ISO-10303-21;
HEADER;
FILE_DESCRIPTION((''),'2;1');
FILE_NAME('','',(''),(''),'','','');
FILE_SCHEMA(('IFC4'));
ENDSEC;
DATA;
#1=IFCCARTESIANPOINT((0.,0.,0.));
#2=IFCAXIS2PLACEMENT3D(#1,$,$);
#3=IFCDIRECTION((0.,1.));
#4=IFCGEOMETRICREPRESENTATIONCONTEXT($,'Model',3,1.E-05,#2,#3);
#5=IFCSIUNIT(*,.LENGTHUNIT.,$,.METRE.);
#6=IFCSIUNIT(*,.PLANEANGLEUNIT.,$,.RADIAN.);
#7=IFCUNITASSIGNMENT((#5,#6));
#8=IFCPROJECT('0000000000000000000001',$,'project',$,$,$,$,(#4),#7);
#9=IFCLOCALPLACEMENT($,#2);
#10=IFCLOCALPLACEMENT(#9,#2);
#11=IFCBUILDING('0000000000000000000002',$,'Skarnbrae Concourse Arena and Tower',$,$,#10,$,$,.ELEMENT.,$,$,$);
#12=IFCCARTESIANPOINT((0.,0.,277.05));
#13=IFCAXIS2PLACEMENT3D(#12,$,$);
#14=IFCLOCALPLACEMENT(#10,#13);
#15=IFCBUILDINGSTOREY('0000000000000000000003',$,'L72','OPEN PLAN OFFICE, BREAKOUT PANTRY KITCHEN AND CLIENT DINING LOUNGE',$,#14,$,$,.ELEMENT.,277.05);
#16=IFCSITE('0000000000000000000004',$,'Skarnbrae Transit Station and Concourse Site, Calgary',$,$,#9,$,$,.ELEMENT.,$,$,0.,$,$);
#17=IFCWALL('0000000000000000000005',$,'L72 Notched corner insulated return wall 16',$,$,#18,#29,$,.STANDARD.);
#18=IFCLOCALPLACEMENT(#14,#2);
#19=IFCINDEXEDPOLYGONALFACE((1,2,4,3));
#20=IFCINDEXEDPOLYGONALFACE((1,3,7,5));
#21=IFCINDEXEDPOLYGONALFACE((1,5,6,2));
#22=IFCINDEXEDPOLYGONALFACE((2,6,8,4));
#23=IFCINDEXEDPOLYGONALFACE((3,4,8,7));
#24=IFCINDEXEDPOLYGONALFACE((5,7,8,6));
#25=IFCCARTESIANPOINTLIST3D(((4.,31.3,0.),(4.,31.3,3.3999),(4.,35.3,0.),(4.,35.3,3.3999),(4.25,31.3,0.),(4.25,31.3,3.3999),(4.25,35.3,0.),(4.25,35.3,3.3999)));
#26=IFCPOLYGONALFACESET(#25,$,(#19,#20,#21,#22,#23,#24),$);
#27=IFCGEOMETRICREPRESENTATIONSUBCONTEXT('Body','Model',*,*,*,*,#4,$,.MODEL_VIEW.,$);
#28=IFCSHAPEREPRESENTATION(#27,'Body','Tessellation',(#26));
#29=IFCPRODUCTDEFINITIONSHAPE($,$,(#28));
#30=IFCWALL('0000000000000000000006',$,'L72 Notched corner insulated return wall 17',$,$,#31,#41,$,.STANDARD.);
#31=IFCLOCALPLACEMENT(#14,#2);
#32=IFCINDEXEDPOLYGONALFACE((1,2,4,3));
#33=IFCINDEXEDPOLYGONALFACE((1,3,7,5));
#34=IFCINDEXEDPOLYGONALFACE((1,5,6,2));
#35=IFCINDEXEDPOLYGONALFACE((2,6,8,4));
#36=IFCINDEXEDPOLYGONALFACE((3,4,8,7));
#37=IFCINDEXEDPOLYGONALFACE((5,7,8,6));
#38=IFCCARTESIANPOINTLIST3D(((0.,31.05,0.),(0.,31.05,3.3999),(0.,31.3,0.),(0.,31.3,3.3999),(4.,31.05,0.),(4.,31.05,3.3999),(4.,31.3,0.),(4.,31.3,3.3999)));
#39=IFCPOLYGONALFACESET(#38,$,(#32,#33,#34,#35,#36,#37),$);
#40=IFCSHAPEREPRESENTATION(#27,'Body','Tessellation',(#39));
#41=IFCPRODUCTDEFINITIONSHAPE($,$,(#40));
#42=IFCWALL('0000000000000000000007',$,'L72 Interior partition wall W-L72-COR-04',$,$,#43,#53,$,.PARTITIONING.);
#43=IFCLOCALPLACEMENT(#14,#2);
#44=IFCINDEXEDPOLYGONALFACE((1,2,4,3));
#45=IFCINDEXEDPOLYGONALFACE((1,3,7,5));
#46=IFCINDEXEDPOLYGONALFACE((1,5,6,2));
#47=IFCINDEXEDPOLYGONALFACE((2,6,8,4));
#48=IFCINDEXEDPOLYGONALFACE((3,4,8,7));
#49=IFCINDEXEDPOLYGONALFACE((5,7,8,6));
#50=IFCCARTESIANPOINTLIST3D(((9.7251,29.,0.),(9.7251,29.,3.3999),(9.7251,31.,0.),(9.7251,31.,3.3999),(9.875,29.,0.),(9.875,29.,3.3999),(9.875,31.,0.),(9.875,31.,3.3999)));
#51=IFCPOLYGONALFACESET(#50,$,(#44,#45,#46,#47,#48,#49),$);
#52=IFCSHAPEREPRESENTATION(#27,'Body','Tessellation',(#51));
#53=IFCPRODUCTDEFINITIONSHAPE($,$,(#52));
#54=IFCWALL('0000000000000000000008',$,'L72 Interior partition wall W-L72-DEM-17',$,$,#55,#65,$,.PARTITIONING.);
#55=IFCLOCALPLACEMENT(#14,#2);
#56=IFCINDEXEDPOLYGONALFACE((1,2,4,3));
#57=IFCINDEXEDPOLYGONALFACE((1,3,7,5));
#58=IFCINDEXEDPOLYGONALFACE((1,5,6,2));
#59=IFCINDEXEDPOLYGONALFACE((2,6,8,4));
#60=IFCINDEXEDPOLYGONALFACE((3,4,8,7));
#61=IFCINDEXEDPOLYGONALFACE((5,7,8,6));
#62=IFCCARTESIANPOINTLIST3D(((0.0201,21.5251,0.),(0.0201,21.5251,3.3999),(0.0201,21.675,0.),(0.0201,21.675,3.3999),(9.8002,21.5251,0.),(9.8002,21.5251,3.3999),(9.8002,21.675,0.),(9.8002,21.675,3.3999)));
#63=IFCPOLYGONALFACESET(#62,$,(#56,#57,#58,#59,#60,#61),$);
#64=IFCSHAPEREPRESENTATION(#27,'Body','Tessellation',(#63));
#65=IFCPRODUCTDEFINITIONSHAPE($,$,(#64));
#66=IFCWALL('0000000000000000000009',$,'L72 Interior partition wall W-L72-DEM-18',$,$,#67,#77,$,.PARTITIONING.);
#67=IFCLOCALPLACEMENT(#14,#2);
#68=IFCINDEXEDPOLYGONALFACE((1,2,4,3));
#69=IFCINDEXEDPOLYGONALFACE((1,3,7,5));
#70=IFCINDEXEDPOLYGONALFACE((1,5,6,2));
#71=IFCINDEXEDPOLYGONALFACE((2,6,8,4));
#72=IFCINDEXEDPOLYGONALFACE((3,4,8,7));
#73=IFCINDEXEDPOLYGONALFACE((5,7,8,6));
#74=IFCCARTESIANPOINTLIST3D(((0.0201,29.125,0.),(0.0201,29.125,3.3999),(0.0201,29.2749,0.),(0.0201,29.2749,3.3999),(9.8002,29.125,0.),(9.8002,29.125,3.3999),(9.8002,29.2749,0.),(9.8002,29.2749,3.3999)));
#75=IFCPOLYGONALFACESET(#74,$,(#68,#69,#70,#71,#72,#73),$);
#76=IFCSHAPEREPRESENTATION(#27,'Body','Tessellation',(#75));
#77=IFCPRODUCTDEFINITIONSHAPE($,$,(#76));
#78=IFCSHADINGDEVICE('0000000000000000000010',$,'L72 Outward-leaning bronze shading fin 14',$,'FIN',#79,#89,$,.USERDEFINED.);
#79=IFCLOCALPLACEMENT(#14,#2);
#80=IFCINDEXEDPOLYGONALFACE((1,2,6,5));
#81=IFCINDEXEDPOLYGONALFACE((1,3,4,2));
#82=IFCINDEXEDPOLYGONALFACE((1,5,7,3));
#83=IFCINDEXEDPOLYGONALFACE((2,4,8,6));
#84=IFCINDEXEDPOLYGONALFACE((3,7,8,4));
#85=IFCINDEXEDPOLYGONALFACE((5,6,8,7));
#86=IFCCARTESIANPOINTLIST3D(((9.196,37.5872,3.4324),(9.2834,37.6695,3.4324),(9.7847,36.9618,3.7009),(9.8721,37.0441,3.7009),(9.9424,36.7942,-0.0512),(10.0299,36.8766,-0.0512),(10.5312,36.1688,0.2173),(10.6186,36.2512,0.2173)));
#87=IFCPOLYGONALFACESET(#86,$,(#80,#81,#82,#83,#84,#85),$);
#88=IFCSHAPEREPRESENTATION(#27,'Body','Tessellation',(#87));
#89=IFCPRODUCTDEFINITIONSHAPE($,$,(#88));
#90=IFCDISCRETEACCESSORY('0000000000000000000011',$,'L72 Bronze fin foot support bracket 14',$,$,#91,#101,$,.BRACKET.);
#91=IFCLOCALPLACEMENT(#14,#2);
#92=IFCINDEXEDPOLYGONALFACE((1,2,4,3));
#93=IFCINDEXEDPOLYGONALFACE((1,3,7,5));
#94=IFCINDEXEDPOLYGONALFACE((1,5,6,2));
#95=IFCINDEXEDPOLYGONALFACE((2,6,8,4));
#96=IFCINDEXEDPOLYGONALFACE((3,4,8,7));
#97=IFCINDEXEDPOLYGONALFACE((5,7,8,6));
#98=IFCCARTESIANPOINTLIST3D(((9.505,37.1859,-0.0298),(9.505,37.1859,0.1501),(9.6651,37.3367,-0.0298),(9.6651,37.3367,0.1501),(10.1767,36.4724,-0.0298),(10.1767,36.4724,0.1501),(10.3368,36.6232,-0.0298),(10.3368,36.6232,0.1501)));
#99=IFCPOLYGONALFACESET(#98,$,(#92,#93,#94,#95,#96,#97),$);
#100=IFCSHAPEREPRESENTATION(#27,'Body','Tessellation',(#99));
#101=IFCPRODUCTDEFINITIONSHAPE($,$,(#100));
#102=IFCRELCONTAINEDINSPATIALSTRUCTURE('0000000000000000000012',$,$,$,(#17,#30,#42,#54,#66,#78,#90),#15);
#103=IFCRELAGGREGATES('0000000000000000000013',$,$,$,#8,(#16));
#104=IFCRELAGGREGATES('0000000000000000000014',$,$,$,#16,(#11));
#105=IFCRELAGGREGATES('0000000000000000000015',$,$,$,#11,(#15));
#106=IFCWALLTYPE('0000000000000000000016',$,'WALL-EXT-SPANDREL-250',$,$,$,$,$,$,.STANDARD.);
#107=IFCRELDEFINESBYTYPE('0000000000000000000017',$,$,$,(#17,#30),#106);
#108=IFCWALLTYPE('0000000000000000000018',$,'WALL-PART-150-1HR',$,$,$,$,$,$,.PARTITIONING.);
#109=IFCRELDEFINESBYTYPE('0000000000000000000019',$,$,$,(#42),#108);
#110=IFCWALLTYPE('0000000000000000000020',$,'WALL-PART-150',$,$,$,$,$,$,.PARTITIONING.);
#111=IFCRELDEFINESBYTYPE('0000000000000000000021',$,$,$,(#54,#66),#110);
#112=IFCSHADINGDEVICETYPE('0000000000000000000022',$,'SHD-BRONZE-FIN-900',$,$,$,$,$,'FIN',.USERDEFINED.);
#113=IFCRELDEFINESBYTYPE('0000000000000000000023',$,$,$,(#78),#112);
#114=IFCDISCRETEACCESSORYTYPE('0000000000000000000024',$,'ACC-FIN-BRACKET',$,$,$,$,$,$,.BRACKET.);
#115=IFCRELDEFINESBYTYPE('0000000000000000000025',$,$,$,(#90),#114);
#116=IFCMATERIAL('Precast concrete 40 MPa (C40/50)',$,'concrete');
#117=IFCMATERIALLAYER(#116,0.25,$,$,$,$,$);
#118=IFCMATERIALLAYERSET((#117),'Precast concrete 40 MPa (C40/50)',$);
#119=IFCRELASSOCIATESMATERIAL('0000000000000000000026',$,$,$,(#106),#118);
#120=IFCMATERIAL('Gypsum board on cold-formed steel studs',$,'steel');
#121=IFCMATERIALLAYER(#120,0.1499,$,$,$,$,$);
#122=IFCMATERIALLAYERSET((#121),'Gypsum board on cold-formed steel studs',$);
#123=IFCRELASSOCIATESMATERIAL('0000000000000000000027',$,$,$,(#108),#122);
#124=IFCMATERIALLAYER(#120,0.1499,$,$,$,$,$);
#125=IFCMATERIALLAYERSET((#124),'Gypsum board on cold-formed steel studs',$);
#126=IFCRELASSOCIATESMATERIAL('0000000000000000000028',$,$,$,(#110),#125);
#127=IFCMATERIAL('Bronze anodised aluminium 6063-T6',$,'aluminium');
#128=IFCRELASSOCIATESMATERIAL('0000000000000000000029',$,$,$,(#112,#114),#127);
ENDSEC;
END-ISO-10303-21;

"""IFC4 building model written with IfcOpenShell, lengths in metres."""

from ifc_helpers import new_model, si_unit, direction, frame, frame_2d, origin, origin_2d, place, context, subcontext, project, spatial, rectangle, extrude, source, transform, mapped, material, layer, layer_set, type_object, element, save


model = new_model("IFC4")

# Units and contexts
model_context = context("Model", 3, precision=1e-05, world=origin(), true_north=direction((0.0, 1.0)))
body_context = subcontext(model_context, "Body", "Model", "MODEL_VIEW")
ifc_project = project(units=[si_unit("LENGTHUNIT", "METRE"), si_unit("PLANEANGLEUNIT", "RADIAN")], contexts=[model_context])

# Site, building, storey
site_placement = place(None, origin())
site = spatial("IfcSite", under=ifc_project, at=site_placement, Name="Skarnbrae Transit Station and Concourse Site, Calgary", CompositionType="ELEMENT", RefElevation=0.0)
building_placement = place(site_placement, origin())
building = spatial("IfcBuilding", under=site, at=building_placement, Name="Skarnbrae Concourse Arena and Tower", CompositionType="ELEMENT")
storey_placement = place(building_placement, frame((0.0, 0.0, 277.05)))
storey = spatial("IfcBuildingStorey", under=building, at=storey_placement, Name="L72", Description="OPEN PLAN OFFICE, BREAKOUT PANTRY KITCHEN AND CLIENT DINING LOUNGE", CompositionType="ELEMENT", Elevation=277.05)

# Shared definitions
ifc_material_1 = material(Name="Bronze anodised aluminium 6063-T6", Category="aluminium")

# Walls
ifc_material_2 = material(Name="Precast concrete 40 MPa (C40/50)", Category="concrete")
ifc_layer_1 = layer(ifc_material_2, 0.25)
ifc_layer_set_1 = layer_set([ifc_layer_1], Name="Precast concrete 40 MPa (C40/50)")
wall_type_1 = type_object("IfcWallType", Name="WALL-EXT-SPANDREL-250", PredefinedType="STANDARD", material=ifc_layer_set_1)
shared_shape_1 = source(origin(), body_context, "Body", "SweptSolid", [
    extrude(rectangle(XDim=4.0, YDim=0.25, at=frame_2d((2.0, 0.0))), origin(), (0.0, 0.0, 1.0), 3.3999),
])
for number, where, z_axis, x_axis, name in (
    (1, (4.125, 35.3, 0.0), (0.0, 0.0, 1.0), (0.0, -1.0, 0.0), "L72 Notched corner insulated return wall 16"),
    (2, (4.0, 31.175, 0.0), (0.0, 0.0, 1.0), (-1.0, 0.0, 0.0), "L72 Notched corner insulated return wall 17"),
):
    element("IfcWall", number, at=place(storey_placement, frame(where, z_axis=z_axis, x_axis=x_axis)), inside=storey, type_object=wall_type_1, Name=name, PredefinedType="STANDARD", context=body_context, shape_type="MappedRepresentation", body=[
        mapped(shared_shape_1, transform((0.0, 0.0, 0.0))),
    ])
ifc_material_3 = material(Name="Gypsum board on cold-formed steel studs", Category="steel")
ifc_layer_2 = layer(ifc_material_3, 0.1499)
ifc_layer_set_2 = layer_set([ifc_layer_2], Name="Gypsum board on cold-formed steel studs")
wall_type_2 = type_object("IfcWallType", Name="WALL-PART-150-1HR", PredefinedType="PARTITIONING", material=ifc_layer_set_2)
shared_shape_2 = source(origin(), body_context, "Body", "SweptSolid", [
    extrude(rectangle(XDim=2.0, YDim=0.1499, at=frame_2d((1.0, 0.0))), origin(), (0.0, 0.0, 1.0), 3.3999),
])
wall_1_placement = place(storey_placement, frame((9.8, 29.0, 0.0), z_axis=(0.0, 0.0, 1.0), x_axis=(0.0, 1.0, 0.0)))
element("IfcWall", 3, at=wall_1_placement, inside=storey, type_object=wall_type_2, Name="L72 Interior partition wall W-L72-COR-04", PredefinedType="PARTITIONING", context=body_context, shape_type="MappedRepresentation", body=[
    mapped(shared_shape_2, transform((0.0, 0.0, 0.0))),
])

# Walls
ifc_layer_3 = layer(ifc_material_3, 0.1499)
ifc_layer_set_3 = layer_set([ifc_layer_3], Name="Gypsum board on cold-formed steel studs")
wall_type_3 = type_object("IfcWallType", Name="WALL-PART-150", PredefinedType="PARTITIONING", material=ifc_layer_set_3)
shared_shape_3 = source(origin(), body_context, "Body", "SweptSolid", [
    extrude(rectangle(XDim=9.78, YDim=0.1499, at=frame_2d((4.8901, 0.0))), origin(), (0.0, 0.0, 1.0), 3.3999),
])
for number, where, z_axis, x_axis, name in (
    (4, (0.02, 21.6001, 0.0), (0.0, 0.0, 1.0), (1.0, 0.0, 0.0), "L72 Interior partition wall W-L72-DEM-17"),
    (5, (0.02, 29.2, 0.0), (0.0, 0.0, 1.0), (1.0, 0.0, 0.0), "L72 Interior partition wall W-L72-DEM-18"),
):
    element("IfcWall", number, at=place(storey_placement, frame(where, z_axis=z_axis, x_axis=x_axis)), inside=storey, type_object=wall_type_3, Name=name, PredefinedType="PARTITIONING", context=body_context, shape_type="MappedRepresentation", body=[
        mapped(shared_shape_3, transform((0.0, 0.0, 0.0))),
    ])

# Shading device
shading_device_type = type_object("IfcShadingDeviceType", Name="SHD-BRONZE-FIN-900", ElementType="FIN", PredefinedType="USERDEFINED", material=ifc_material_1)
shared_shape_4 = source(origin(), body_context, "Body", "SweptSolid", [
    extrude(rectangle(XDim=0.1201, YDim=0.8999, at=origin_2d()), origin(), (0.0, 0.0, 1.0), 3.6499),
])
shading_device_placement = place(storey_placement, frame((10.2805, 36.5227, 0.083), z_axis=(-0.204517, 0.217256, 0.954449), x_axis=(0.728132, 0.685437, 0.0)))
element("IfcShadingDevice", 6, at=shading_device_placement, inside=storey, type_object=shading_device_type, Name="L72 Outward-leaning bronze shading fin 14", ObjectType="FIN", PredefinedType="USERDEFINED", context=body_context, shape_type="MappedRepresentation", body=[
    mapped(shared_shape_4, transform((0.0, 0.0, 0.0))),
])

# Discrete accessory
discrete_accessory_type = type_object("IfcDiscreteAccessoryType", Name="ACC-FIN-BRACKET", PredefinedType="BRACKET", material=ifc_material_1)
shared_shape_5 = source(origin(), body_context, "Body", "SweptSolid", [
    extrude(rectangle(XDim=0.22, YDim=0.98, at=origin_2d()), origin(), (0.0, 0.0, 1.0), 0.1799),
])
discrete_accessory_placement = place(storey_placement, frame((9.9209, 36.9045, -0.0298), z_axis=(0.0, 0.0, 1.0), x_axis=(0.728132, 0.685437, 0.0)))
element("IfcDiscreteAccessory", 7, at=discrete_accessory_placement, inside=storey, type_object=discrete_accessory_type, Name="L72 Bronze fin foot support bracket 14", PredefinedType="BRACKET", context=body_context, shape_type="MappedRepresentation", body=[
    mapped(shared_shape_5, transform((0.0, 0.0, 0.0))),
])

save(model, "model.ifc")
